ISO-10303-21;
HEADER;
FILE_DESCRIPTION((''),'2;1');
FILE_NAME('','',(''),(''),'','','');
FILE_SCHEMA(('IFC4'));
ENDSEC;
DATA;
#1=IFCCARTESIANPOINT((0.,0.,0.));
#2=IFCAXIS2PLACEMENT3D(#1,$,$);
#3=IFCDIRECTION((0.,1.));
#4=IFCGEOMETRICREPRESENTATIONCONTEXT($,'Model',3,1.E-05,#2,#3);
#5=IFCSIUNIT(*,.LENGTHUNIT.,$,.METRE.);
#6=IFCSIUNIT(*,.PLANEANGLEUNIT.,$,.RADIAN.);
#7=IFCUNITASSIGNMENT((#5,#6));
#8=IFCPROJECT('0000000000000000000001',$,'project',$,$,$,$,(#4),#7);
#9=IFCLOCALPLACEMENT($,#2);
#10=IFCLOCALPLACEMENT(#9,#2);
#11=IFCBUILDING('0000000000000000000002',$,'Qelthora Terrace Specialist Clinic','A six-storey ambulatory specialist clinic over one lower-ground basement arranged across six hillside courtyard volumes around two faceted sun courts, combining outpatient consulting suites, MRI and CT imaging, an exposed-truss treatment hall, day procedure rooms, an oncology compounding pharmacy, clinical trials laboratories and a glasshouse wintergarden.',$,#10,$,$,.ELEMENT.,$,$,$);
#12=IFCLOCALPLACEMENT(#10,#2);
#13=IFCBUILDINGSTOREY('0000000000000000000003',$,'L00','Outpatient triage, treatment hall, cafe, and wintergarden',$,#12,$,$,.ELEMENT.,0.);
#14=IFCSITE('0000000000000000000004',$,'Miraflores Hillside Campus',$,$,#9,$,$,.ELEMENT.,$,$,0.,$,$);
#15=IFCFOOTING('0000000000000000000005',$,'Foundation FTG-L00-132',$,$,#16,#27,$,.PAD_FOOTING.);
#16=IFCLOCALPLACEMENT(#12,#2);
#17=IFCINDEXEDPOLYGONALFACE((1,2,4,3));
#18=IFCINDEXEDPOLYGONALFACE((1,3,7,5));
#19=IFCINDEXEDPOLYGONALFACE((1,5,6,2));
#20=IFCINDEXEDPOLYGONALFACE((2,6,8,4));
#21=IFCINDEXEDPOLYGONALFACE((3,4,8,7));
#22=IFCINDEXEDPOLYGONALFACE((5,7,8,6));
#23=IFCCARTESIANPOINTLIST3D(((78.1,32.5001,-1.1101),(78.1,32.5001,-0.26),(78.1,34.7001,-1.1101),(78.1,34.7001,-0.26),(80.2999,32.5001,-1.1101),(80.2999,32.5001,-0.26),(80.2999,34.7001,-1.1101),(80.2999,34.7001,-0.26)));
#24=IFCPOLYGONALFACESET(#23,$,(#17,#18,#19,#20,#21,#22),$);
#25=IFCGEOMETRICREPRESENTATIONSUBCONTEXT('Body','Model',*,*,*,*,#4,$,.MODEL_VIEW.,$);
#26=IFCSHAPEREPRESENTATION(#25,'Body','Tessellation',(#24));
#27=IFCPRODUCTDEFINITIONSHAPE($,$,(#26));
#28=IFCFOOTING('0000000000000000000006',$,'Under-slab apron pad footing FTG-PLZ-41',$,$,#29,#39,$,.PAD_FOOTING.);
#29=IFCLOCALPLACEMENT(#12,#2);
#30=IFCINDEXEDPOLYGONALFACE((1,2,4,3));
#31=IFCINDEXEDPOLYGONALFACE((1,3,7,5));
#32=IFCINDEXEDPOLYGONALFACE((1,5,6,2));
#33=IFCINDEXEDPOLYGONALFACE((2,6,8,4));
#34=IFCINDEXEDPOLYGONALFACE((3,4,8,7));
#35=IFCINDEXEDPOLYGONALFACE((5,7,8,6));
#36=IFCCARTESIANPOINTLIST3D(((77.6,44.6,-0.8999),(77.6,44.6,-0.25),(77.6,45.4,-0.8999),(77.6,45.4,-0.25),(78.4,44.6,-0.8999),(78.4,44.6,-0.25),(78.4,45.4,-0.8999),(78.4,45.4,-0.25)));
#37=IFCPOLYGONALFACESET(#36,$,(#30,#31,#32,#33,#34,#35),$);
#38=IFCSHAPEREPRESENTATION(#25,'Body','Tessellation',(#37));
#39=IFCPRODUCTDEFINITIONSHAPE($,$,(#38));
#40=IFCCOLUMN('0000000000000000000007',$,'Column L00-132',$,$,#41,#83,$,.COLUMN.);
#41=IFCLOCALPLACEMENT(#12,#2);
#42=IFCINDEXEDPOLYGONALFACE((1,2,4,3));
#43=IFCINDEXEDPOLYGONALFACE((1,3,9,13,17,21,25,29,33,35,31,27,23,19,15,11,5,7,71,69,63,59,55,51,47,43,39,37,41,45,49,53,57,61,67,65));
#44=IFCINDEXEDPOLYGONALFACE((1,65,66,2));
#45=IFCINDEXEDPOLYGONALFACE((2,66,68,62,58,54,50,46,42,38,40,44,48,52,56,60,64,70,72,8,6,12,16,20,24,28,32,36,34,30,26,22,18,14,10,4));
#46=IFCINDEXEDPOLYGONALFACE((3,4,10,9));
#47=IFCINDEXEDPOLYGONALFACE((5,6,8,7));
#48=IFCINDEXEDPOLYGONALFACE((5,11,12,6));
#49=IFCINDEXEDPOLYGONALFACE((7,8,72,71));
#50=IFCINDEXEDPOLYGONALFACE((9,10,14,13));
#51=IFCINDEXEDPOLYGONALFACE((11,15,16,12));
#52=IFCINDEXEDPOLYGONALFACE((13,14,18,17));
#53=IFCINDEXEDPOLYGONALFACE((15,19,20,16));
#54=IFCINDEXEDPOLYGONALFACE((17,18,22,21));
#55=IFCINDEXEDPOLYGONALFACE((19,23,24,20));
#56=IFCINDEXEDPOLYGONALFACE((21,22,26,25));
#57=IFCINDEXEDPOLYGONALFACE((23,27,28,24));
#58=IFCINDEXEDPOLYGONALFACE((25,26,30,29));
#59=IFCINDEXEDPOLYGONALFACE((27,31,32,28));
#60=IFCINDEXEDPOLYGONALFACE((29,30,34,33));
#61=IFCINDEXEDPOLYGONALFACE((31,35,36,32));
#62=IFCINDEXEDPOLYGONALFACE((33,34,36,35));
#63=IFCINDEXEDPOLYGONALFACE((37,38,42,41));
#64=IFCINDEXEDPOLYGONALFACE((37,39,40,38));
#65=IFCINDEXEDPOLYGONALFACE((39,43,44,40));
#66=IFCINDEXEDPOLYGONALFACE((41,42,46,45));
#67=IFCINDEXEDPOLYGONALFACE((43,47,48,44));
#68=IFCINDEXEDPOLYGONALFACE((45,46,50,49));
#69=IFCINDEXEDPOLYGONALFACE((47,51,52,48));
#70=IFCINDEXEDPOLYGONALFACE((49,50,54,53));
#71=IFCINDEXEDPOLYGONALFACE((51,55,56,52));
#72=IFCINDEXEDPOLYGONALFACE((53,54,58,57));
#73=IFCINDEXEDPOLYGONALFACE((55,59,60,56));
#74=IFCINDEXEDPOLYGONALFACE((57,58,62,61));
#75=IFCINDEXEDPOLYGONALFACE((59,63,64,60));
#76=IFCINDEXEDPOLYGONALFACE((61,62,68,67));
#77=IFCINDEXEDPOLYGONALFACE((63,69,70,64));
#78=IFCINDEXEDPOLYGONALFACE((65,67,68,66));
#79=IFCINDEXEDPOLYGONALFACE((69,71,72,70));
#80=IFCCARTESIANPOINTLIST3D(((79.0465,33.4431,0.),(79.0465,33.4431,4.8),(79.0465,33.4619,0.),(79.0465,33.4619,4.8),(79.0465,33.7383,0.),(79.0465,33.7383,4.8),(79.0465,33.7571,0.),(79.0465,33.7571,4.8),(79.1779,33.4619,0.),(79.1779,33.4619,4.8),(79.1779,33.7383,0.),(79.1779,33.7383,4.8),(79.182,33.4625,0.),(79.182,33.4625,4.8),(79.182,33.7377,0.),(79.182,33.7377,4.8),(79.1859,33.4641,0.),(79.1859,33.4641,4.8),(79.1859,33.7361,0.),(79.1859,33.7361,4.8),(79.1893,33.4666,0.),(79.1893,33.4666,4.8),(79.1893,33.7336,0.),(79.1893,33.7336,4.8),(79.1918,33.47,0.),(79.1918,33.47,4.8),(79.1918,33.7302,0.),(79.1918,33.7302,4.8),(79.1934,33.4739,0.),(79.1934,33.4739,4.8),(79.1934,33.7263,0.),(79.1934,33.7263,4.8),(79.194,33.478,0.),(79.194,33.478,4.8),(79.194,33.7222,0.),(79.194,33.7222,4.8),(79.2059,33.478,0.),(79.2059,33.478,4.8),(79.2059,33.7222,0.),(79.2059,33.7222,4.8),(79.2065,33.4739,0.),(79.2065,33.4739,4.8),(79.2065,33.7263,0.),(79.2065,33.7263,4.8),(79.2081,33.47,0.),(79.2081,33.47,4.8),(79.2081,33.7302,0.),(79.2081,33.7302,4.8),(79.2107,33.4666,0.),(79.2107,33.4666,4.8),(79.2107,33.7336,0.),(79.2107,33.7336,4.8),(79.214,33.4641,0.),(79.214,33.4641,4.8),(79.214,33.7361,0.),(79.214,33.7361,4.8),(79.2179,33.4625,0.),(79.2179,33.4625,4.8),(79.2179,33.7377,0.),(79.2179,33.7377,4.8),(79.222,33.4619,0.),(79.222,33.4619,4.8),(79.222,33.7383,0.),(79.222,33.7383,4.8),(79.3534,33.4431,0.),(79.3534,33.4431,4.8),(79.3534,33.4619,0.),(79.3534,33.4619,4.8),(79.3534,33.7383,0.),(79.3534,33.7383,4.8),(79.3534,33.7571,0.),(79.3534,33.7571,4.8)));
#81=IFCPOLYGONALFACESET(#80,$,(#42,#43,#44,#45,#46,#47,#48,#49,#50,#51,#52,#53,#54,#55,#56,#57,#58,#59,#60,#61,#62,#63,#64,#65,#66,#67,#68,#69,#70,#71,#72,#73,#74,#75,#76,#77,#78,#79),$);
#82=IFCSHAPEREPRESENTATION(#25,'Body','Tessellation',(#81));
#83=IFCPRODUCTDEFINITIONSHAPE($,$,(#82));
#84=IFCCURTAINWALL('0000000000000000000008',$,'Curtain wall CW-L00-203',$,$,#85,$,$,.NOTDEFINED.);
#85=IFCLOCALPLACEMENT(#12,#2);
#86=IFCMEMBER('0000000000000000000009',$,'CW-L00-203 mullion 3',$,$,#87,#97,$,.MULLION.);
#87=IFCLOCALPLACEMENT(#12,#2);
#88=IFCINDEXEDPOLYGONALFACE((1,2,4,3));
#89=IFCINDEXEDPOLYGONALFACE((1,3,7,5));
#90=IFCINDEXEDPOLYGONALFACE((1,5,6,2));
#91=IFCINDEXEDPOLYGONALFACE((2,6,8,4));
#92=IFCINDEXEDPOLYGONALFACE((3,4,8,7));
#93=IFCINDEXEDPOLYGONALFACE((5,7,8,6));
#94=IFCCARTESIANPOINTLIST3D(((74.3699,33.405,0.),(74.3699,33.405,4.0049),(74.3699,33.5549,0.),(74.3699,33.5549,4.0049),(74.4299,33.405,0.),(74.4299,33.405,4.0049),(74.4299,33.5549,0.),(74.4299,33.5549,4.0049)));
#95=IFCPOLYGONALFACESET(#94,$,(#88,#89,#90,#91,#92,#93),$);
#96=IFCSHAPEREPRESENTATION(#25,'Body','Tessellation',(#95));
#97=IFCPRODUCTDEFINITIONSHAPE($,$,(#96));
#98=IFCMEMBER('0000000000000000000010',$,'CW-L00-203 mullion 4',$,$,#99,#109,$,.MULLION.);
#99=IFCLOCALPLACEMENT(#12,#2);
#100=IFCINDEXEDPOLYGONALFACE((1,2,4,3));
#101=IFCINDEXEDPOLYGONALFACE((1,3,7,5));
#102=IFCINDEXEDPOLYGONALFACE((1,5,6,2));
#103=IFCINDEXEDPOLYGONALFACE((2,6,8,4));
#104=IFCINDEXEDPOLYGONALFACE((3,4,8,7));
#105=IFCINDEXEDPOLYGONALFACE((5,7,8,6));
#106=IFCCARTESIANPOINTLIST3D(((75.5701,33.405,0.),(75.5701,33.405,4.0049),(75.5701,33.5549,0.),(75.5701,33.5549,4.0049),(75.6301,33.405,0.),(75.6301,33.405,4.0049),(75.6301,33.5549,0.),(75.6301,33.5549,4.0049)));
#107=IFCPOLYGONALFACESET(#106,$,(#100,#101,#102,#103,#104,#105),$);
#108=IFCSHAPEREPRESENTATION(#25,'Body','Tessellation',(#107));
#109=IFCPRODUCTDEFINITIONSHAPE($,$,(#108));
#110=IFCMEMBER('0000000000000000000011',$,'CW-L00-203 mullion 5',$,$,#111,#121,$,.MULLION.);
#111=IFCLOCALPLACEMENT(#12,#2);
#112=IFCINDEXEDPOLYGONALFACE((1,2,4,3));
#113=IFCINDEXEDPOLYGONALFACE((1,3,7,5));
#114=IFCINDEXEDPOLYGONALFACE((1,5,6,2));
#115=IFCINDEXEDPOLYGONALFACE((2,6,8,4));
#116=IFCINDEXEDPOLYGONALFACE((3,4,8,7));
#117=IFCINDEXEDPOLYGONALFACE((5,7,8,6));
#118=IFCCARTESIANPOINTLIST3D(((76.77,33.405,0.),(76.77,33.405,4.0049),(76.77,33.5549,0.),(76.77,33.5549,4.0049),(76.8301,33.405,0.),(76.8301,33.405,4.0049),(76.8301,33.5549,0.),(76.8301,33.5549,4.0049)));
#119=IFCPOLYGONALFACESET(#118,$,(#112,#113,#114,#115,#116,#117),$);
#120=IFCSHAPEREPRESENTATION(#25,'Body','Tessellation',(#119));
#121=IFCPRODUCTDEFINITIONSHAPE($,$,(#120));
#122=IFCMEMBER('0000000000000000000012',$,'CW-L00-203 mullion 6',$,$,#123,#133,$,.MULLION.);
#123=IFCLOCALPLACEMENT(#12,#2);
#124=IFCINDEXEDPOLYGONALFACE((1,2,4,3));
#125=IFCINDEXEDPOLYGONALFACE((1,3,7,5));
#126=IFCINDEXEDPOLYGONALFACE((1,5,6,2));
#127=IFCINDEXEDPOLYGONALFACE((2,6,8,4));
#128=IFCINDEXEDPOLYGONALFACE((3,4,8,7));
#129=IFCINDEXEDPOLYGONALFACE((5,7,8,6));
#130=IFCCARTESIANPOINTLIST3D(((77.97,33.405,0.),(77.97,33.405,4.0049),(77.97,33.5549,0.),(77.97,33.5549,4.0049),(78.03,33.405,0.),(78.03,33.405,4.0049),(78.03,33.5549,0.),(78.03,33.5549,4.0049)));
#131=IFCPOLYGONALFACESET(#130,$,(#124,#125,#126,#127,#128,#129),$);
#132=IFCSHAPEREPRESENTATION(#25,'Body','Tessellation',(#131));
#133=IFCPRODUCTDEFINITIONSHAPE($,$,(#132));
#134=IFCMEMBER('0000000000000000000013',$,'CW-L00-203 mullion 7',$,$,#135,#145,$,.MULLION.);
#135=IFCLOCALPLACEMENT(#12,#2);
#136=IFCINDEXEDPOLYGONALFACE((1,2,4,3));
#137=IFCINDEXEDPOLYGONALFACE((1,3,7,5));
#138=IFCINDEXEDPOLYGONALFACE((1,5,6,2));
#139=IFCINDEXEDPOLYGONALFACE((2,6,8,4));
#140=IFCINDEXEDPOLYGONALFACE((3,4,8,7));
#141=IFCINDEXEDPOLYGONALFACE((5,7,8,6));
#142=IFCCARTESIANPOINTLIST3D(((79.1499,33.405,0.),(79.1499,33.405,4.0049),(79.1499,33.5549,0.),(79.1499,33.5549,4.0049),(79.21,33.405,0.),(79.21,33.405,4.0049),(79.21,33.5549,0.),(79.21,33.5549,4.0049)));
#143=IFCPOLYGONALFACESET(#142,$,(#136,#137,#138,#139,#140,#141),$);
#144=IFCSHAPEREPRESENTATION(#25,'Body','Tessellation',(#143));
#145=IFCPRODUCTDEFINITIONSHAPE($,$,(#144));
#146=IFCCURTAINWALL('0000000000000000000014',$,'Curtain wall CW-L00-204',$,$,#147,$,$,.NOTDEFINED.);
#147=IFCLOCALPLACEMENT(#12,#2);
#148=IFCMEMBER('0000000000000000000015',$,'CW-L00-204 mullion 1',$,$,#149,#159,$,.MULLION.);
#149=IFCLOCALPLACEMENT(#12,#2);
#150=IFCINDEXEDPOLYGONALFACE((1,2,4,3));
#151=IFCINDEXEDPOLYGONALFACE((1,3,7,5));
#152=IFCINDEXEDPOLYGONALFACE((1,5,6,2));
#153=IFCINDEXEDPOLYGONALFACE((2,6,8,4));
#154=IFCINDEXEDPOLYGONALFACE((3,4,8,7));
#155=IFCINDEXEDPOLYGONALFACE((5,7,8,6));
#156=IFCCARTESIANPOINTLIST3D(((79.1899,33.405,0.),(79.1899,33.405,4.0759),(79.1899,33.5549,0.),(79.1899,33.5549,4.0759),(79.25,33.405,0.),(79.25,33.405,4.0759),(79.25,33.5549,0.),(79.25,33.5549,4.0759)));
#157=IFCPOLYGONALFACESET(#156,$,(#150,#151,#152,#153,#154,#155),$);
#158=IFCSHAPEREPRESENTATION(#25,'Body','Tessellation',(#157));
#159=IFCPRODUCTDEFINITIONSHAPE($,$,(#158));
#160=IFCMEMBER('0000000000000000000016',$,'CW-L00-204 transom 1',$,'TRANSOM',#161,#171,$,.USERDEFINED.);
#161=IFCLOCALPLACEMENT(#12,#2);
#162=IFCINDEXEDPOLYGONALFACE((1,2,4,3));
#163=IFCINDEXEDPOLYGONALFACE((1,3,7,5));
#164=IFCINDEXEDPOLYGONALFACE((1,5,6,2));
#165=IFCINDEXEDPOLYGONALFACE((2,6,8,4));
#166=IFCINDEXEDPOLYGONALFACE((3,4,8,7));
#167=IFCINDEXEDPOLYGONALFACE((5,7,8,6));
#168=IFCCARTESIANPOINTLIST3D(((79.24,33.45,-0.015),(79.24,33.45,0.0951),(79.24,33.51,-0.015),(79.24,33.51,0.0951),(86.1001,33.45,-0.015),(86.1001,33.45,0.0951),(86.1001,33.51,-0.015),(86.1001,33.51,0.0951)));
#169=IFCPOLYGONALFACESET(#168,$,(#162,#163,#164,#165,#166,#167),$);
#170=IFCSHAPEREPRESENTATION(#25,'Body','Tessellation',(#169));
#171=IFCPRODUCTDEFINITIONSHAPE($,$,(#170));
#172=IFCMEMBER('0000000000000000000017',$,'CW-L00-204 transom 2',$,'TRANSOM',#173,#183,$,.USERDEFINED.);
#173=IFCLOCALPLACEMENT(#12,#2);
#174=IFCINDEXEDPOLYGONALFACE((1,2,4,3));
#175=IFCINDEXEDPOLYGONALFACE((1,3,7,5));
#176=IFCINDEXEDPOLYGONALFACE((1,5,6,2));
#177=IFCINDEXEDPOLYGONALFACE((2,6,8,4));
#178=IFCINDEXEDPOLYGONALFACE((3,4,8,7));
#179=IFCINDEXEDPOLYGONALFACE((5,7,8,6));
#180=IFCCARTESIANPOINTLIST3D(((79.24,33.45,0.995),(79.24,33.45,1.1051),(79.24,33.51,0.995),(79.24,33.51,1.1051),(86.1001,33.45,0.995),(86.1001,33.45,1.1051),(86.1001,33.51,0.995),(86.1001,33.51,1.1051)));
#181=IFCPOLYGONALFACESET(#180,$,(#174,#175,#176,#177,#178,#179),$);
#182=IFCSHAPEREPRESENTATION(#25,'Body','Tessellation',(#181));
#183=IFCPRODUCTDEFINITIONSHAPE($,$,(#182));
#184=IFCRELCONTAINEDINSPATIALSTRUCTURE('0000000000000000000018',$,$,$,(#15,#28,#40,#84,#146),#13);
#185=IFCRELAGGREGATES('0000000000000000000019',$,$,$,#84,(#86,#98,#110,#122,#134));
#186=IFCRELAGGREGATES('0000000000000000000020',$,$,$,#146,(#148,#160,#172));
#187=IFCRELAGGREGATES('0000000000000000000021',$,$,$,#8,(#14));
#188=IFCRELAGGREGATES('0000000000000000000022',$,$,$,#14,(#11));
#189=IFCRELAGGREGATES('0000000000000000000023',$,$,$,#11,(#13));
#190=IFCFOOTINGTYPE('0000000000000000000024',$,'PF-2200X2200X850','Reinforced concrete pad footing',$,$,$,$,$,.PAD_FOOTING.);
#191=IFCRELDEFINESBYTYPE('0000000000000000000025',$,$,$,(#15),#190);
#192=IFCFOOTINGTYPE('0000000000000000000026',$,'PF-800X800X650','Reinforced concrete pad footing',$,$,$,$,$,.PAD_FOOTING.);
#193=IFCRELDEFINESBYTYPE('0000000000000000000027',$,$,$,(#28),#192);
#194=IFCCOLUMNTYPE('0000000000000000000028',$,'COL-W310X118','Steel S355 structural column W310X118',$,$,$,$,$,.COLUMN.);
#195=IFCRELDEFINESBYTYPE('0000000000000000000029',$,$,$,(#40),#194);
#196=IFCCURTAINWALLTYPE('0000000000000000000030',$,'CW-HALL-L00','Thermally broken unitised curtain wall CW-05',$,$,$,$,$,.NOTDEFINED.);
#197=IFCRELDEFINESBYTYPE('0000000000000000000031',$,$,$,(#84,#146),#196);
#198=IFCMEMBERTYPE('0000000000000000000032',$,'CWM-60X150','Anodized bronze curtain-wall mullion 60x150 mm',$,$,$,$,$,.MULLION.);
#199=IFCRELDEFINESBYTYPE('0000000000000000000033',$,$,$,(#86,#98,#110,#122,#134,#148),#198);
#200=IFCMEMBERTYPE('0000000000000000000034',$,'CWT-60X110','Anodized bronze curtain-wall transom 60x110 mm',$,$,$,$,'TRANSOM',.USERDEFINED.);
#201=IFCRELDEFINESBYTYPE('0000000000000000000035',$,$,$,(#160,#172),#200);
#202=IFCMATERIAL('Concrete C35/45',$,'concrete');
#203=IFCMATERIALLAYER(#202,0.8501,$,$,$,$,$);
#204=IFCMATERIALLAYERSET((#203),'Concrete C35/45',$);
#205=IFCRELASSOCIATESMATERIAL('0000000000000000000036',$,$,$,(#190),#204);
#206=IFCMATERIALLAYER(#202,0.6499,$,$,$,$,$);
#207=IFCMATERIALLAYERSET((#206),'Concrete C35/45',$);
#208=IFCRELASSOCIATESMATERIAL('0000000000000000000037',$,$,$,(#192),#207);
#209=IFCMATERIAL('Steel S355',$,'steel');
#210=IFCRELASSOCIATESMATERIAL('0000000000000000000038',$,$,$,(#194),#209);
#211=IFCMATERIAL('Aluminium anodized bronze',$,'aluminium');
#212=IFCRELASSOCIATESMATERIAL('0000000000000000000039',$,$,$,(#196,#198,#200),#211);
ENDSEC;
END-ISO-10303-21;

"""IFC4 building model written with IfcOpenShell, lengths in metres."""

from ifc_helpers import new_model, si_unit, direction, frame, origin, origin_2d, place, context, subcontext, project, spatial, rectangle, i_section, extrude, material, layer, layer_set, material_profile, profile_set, type_object, element, aggregate, save


model = new_model("IFC4")

# Units and contexts
model_context = context("Model", 3, precision=1e-05, world=origin(), true_north=direction((0.0, 1.0)))
body_context = subcontext(model_context, "Body", "Model", "MODEL_VIEW")
ifc_project = project(units=[si_unit("LENGTHUNIT", "METRE"), si_unit("PLANEANGLEUNIT", "RADIAN")], contexts=[model_context])

# Site, building, storey
site_placement = place(None, origin())
site = spatial("IfcSite", under=ifc_project, at=site_placement, Name="Miraflores Hillside Campus", CompositionType="ELEMENT", RefElevation=0.0)
building_placement = place(site_placement, origin())
building = spatial("IfcBuilding", under=site, at=building_placement, Name="Qelthora Terrace Specialist Clinic", Description="A six-storey ambulatory specialist clinic over one lower-ground basement arranged across six hillside courtyard volumes around two faceted sun courts, combining outpatient consulting suites, MRI and CT imaging, an exposed-truss treatment hall, day procedure rooms, an oncology compounding pharmacy, clinical trials laboratories and a glasshouse wintergarden.", CompositionType="ELEMENT")
storey_placement = place(building_placement, origin())
storey = spatial("IfcBuildingStorey", under=building, at=storey_placement, Name="L00", Description="Outpatient triage, treatment hall, cafe, and wintergarden", CompositionType="ELEMENT", Elevation=0.0)

# Footings
ifc_material_1 = material(Name="Concrete C35/45", Category="concrete")
ifc_layer_1 = layer(ifc_material_1, 0.8501)
ifc_layer_set_1 = layer_set([ifc_layer_1], Name="Concrete C35/45")
footing_type_1 = type_object("IfcFootingType", Name="PF-2200X2200X850", Description="Reinforced concrete pad footing", PredefinedType="PAD_FOOTING", material=ifc_layer_set_1)
footing_1_placement = place(storey_placement, frame((79.2, 33.6001, -1.1101), z_axis=(0.0, 0.0, 1.0), x_axis=(1.0, 0.0, 0.0)))
element("IfcFooting", 1, at=footing_1_placement, inside=storey, type_object=footing_type_1, Name="Foundation FTG-L00-132", PredefinedType="PAD_FOOTING", context=body_context, shape_type="SweptSolid", body=[
    extrude(rectangle(XDim=2.2, YDim=2.2, at=origin_2d()), origin(), (0.0, 0.0, 1.0), 0.8501),
])
ifc_layer_2 = layer(ifc_material_1, 0.6499)
ifc_layer_set_2 = layer_set([ifc_layer_2], Name="Concrete C35/45")
footing_type_2 = type_object("IfcFootingType", Name="PF-800X800X650", Description="Reinforced concrete pad footing", PredefinedType="PAD_FOOTING", material=ifc_layer_set_2)
footing_2_placement = place(storey_placement, frame((78.0, 45.0, -0.8999), z_axis=(0.0, 0.0, 1.0), x_axis=(1.0, 0.0, 0.0)))
element("IfcFooting", 2, at=footing_2_placement, inside=storey, type_object=footing_type_2, Name="Under-slab apron pad footing FTG-PLZ-41", PredefinedType="PAD_FOOTING", context=body_context, shape_type="SweptSolid", body=[
    extrude(rectangle(XDim=0.8, YDim=0.8, at=origin_2d()), origin(), (0.0, 0.0, 1.0), 0.6499),
])

# Column
ifc_material_2 = material(Name="Steel S355", Category="steel")
ifc_material_profile_1 = material_profile(ifc_material_2, i_section(OverallWidth=0.3069, OverallDepth=0.314, WebThickness=0.012, FlangeThickness=0.0188, FilletRadius=0.0161, at=origin_2d()), Name="W310X118")
ifc_profile_set_1 = profile_set([ifc_material_profile_1], Name="Steel S355")
column_type = type_object("IfcColumnType", Name="COL-W310X118", Description="Steel S355 structural column W310X118", PredefinedType="COLUMN", material=ifc_profile_set_1)
column_placement = place(storey_placement, frame((79.2, 33.6001, 0.0), z_axis=(0.0, 0.0, 1.0), x_axis=(1.0, 0.0, 0.0)))
element("IfcColumn", 3, at=column_placement, inside=storey, type_object=column_type, Name="Column L00-132", PredefinedType="COLUMN", context=body_context, shape_type="SweptSolid", body=[
    extrude(i_section(OverallWidth=0.3069, OverallDepth=0.314, WebThickness=0.012, FlangeThickness=0.0188, FilletRadius=0.0161, at=origin_2d()), origin(), (0.0, 0.0, 1.0), 4.8),
])

# Curtain walls, members
ifc_material_3 = material(Name="Aluminium anodized bronze", Category="aluminium")
curtain_wall_type = type_object("IfcCurtainWallType", Name="CW-HALL-L00", Description="Thermally broken unitised curtain wall CW-05", PredefinedType="NOTDEFINED", material=ifc_material_3)
curtain_wall_1_placement = place(storey_placement, origin())
curtain_wall_1 = element("IfcCurtainWall", 4, at=curtain_wall_1_placement, inside=storey, type_object=curtain_wall_type, Name="Curtain wall CW-L00-203", PredefinedType="NOTDEFINED")
ifc_material_profile_2 = material_profile(ifc_material_3, rectangle(XDim=0.0601, YDim=0.1499, at=origin_2d()), Name="CWM60X150")
ifc_profile_set_2 = profile_set([ifc_material_profile_2], Name="Aluminium anodized bronze")
member_type_1 = type_object("IfcMemberType", Name="CWM-60X150", Description="Anodized bronze curtain-wall mullion 60x150 mm", PredefinedType="MULLION", material=ifc_profile_set_2)
member_1_placement = place(storey_placement, frame((74.3999, 33.48, 0.0), z_axis=(0.0, 0.0, 1.0), x_axis=(1.0, 0.0, 0.0)))
member_1 = element("IfcMember", 5, at=member_1_placement, type_object=member_type_1, Name="CW-L00-203 mullion 3", PredefinedType="MULLION", context=body_context, shape_type="SweptSolid", body=[
    extrude(rectangle(XDim=0.0601, YDim=0.1499, at=origin_2d()), origin(), (0.0, 0.0, 1.0), 4.0049),
])
member_2_placement = place(storey_placement, frame((75.6001, 33.48, 0.0), z_axis=(0.0, 0.0, 1.0), x_axis=(1.0, 0.0, 0.0)))
member_2 = element("IfcMember", 6, at=member_2_placement, type_object=member_type_1, Name="CW-L00-203 mullion 4", PredefinedType="MULLION", context=body_context, shape_type="SweptSolid", body=[
    extrude(rectangle(XDim=0.0601, YDim=0.1499, at=origin_2d()), origin(), (0.0, 0.0, 1.0), 4.0049),
])
member_3_placement = place(storey_placement, frame((76.8, 33.48, 0.0), z_axis=(0.0, 0.0, 1.0), x_axis=(1.0, 0.0, 0.0)))
member_3 = element("IfcMember", 7, at=member_3_placement, type_object=member_type_1, Name="CW-L00-203 mullion 5", PredefinedType="MULLION", context=body_context, shape_type="SweptSolid", body=[
    extrude(rectangle(XDim=0.0601, YDim=0.1499, at=origin_2d()), origin(), (0.0, 0.0, 1.0), 4.0049),
])
member_4_placement = place(storey_placement, frame((78.0, 33.48, 0.0), z_axis=(0.0, 0.0, 1.0), x_axis=(1.0, 0.0, 0.0)))
member_4 = element("IfcMember", 8, at=member_4_placement, type_object=member_type_1, Name="CW-L00-203 mullion 6", PredefinedType="MULLION", context=body_context, shape_type="SweptSolid", body=[
    extrude(rectangle(XDim=0.0601, YDim=0.1499, at=origin_2d()), origin(), (0.0, 0.0, 1.0), 4.0049),
])
member_5_placement = place(storey_placement, frame((79.1799, 33.48, 0.0), z_axis=(0.0, 0.0, 1.0), x_axis=(1.0, 0.0, 0.0)))
member_5 = element("IfcMember", 9, at=member_5_placement, type_object=member_type_1, Name="CW-L00-203 mullion 7", PredefinedType="MULLION", context=body_context, shape_type="SweptSolid", body=[
    extrude(rectangle(XDim=0.0601, YDim=0.1499, at=origin_2d()), origin(), (0.0, 0.0, 1.0), 4.0049),
])
curtain_wall_2_placement = place(storey_placement, origin())
curtain_wall_2 = element("IfcCurtainWall", 10, at=curtain_wall_2_placement, inside=storey, type_object=curtain_wall_type, Name="Curtain wall CW-L00-204", PredefinedType="NOTDEFINED")
member_6_placement = place(storey_placement, frame((79.22, 33.48, 0.0), z_axis=(0.0, 0.0, 1.0), x_axis=(1.0, 0.0, 0.0)))
member_6 = element("IfcMember", 11, at=member_6_placement, type_object=member_type_1, Name="CW-L00-204 mullion 1", PredefinedType="MULLION", context=body_context, shape_type="SweptSolid", body=[
    extrude(rectangle(XDim=0.0601, YDim=0.1499, at=origin_2d()), origin(), (0.0, 0.0, 1.0), 4.0759),
])
ifc_material_profile_3 = material_profile(ifc_material_3, rectangle(XDim=0.0601, YDim=0.1101, at=origin_2d()), Name="CWT60X110")
ifc_profile_set_3 = profile_set([ifc_material_profile_3], Name="Aluminium anodized bronze")
member_type_2 = type_object("IfcMemberType", Name="CWT-60X110", Description="Anodized bronze curtain-wall transom 60x110 mm", ElementType="TRANSOM", PredefinedType="USERDEFINED", material=ifc_profile_set_3)
member_7_placement = place(storey_placement, frame((79.24, 33.48, 0.04), z_axis=(1.0, 0.0, 0.0), x_axis=(0.0, 1.0, 0.0)))
member_7 = element("IfcMember", 12, at=member_7_placement, type_object=member_type_2, Name="CW-L00-204 transom 1", ObjectType="TRANSOM", PredefinedType="USERDEFINED", context=body_context, shape_type="SweptSolid", body=[
    extrude(rectangle(XDim=0.0601, YDim=0.1101, at=origin_2d()), origin(), (0.0, 0.0, 1.0), 6.8601),
])
member_8_placement = place(storey_placement, frame((79.24, 33.48, 1.05), z_axis=(1.0, 0.0, 0.0), x_axis=(0.0, 1.0, 0.0)))
member_8 = element("IfcMember", 13, at=member_8_placement, type_object=member_type_2, Name="CW-L00-204 transom 2", ObjectType="TRANSOM", PredefinedType="USERDEFINED", context=body_context, shape_type="SweptSolid", body=[
    extrude(rectangle(XDim=0.0601, YDim=0.1101, at=origin_2d()), origin(), (0.0, 0.0, 1.0), 6.8601),
])

aggregate(curtain_wall_1, [member_1, member_2, member_3, member_4, member_5])
aggregate(curtain_wall_2, [member_6, member_7, member_8])

save(model, "model.ifc")
